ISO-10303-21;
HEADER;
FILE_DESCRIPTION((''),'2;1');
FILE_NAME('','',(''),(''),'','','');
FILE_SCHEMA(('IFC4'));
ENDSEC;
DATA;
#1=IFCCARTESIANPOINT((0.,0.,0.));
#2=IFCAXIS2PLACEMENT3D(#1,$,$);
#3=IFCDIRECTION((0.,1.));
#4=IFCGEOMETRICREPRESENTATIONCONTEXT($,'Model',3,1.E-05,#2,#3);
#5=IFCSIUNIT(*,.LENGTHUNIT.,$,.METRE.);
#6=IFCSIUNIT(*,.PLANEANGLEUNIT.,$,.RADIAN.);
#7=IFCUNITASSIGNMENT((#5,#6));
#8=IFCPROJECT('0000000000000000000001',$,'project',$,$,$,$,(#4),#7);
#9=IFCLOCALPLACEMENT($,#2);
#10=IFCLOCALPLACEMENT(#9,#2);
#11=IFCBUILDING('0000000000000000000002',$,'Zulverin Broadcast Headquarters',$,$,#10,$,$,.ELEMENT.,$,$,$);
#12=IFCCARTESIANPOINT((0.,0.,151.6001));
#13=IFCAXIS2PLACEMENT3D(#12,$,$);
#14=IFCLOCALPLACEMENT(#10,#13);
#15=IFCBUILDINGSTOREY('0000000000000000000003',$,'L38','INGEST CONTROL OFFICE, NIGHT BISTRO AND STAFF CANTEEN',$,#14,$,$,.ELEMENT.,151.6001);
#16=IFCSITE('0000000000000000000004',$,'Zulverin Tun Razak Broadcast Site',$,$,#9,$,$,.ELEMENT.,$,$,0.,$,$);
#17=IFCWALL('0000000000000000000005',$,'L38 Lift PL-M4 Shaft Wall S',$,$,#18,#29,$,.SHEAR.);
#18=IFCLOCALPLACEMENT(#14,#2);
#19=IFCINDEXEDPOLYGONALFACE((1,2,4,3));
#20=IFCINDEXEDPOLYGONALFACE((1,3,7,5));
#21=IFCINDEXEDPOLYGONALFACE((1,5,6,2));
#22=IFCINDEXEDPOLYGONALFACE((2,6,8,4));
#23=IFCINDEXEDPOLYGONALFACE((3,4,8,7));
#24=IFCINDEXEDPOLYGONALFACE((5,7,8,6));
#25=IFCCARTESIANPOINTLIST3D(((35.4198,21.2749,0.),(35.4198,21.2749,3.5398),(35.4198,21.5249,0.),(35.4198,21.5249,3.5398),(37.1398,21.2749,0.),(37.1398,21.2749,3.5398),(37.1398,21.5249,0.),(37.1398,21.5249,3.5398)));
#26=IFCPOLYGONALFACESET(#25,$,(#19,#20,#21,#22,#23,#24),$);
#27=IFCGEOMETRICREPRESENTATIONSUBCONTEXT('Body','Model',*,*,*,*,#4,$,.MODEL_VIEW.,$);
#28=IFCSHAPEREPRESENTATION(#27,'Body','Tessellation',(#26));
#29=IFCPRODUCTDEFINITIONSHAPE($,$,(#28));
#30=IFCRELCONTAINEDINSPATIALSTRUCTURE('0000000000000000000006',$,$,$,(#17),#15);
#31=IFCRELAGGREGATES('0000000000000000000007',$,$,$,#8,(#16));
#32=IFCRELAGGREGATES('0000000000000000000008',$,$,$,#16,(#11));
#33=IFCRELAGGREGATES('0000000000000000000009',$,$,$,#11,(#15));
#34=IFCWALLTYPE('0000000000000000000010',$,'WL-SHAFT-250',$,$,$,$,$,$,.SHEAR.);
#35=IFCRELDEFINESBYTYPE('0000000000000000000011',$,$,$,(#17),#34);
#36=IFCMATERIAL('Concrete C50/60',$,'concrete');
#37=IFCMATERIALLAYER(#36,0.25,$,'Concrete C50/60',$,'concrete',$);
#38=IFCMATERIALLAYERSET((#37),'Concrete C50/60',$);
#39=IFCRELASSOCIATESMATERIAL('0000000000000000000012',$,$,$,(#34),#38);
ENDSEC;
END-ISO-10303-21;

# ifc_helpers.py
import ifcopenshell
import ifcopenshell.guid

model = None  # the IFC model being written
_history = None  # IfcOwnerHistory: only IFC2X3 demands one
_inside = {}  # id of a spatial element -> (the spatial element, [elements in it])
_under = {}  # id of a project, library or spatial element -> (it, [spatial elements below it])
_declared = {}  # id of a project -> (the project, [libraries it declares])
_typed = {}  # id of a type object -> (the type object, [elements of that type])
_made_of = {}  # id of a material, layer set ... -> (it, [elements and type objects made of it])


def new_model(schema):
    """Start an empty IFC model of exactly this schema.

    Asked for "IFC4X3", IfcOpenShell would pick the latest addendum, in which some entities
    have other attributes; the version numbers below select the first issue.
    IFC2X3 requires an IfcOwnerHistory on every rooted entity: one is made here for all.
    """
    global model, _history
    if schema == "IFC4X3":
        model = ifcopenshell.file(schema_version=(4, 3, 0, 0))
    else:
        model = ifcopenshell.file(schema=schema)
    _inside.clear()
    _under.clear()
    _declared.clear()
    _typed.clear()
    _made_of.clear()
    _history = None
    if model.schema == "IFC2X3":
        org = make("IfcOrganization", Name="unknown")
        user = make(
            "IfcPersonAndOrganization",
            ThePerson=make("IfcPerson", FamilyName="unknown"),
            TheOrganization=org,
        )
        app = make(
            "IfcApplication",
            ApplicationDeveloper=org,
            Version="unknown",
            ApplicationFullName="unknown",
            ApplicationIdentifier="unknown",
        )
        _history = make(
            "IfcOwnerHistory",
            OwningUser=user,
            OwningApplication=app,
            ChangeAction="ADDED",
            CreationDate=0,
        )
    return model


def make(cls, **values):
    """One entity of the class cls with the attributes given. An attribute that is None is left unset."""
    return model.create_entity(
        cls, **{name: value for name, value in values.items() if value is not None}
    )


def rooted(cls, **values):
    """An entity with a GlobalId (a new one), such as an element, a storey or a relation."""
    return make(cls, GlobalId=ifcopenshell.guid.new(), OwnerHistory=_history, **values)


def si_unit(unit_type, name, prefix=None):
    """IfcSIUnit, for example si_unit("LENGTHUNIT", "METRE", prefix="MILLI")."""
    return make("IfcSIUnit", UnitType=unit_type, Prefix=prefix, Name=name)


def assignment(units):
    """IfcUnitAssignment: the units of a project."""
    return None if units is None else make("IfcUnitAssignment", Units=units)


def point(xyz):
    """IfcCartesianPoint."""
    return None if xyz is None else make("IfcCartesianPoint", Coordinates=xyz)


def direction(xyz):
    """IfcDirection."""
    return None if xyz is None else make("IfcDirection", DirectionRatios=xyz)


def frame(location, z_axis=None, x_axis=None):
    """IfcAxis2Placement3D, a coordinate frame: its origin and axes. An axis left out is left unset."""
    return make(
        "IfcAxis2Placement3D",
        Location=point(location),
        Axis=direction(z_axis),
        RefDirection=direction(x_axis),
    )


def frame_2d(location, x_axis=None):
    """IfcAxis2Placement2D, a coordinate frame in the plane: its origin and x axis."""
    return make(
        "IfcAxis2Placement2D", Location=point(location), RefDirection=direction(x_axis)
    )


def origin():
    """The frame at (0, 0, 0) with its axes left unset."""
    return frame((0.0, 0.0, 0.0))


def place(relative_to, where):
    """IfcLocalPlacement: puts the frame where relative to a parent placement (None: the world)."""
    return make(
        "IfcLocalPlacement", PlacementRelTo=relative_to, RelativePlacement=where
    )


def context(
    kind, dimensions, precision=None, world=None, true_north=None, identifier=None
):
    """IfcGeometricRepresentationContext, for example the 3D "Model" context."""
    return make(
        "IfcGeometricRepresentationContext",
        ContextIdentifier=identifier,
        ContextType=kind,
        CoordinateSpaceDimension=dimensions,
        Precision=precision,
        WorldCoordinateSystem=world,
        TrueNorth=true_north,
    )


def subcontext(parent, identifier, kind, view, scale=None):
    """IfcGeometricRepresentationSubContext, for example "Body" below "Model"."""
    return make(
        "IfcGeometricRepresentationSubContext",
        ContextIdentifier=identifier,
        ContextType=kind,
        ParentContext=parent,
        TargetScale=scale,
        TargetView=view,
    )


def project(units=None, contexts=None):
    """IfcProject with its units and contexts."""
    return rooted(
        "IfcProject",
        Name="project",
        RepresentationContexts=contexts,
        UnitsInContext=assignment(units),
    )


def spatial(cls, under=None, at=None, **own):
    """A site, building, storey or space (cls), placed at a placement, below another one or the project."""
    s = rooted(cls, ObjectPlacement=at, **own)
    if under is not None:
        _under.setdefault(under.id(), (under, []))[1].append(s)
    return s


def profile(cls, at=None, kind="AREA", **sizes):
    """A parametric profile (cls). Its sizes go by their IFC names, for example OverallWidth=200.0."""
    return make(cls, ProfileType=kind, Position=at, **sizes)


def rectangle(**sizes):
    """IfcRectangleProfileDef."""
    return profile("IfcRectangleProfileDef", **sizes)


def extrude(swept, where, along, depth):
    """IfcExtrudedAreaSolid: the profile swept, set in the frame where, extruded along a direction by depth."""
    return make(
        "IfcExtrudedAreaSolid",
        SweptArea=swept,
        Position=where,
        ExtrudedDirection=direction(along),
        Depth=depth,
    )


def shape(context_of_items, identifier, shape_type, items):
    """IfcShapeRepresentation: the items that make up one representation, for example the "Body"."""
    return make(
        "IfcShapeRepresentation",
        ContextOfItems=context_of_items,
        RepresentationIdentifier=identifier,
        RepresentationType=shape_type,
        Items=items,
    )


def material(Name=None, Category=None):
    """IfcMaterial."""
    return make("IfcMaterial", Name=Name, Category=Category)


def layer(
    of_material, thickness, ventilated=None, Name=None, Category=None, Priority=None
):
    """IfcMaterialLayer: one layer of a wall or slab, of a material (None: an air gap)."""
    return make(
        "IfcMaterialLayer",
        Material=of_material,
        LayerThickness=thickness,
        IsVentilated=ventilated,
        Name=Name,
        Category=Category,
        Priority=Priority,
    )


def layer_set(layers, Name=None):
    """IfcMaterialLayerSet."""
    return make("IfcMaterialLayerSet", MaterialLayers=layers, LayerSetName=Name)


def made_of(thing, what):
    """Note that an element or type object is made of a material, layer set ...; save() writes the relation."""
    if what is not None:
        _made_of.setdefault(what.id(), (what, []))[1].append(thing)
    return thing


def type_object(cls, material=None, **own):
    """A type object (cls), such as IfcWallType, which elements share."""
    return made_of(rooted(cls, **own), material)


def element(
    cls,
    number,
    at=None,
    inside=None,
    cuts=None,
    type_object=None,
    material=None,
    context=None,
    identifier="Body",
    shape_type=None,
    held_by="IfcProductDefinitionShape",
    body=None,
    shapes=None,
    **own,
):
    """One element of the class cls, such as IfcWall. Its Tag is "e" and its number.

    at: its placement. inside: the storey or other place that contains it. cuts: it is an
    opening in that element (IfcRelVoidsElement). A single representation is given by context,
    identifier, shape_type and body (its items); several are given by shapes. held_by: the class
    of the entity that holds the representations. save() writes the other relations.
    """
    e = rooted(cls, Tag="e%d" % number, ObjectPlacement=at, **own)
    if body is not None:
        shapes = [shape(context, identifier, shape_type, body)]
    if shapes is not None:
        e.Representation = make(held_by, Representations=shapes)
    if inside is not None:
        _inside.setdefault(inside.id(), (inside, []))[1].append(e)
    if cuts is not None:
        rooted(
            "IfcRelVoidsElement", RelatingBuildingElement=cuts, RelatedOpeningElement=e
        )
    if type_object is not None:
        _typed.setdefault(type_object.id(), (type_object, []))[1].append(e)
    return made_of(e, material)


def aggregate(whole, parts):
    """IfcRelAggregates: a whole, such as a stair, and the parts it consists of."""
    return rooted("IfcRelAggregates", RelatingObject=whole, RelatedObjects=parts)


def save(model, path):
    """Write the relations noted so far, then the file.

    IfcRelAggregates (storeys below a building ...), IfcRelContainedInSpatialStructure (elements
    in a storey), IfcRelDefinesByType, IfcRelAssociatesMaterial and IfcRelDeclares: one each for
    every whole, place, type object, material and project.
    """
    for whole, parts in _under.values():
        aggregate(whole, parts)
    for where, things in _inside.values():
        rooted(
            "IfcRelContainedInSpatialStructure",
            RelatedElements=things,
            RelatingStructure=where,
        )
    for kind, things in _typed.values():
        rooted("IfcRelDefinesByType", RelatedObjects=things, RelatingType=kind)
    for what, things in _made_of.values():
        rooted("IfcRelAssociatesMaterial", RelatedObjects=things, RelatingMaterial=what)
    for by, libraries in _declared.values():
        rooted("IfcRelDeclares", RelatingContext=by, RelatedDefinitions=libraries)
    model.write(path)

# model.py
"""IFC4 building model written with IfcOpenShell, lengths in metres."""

from ifc_helpers import new_model, si_unit, direction, frame, frame_2d, origin, place, context, subcontext, project, spatial, rectangle, extrude, material, layer, layer_set, type_object, element, save


model = new_model("IFC4")

# Units and contexts
model_context = context("Model", 3, precision=1e-05, world=origin(), true_north=direction((0.0, 1.0)))
body_context = subcontext(model_context, "Body", "Model", "MODEL_VIEW")
ifc_project = project(units=[si_unit("LENGTHUNIT", "METRE"), si_unit("PLANEANGLEUNIT", "RADIAN")], contexts=[model_context])

# Site, building, storey
site_placement = place(None, origin())
site = spatial("IfcSite", under=ifc_project, at=site_placement, Name="Zulverin Tun Razak Broadcast Site", CompositionType="ELEMENT", RefElevation=0.0)
building_placement = place(site_placement, origin())
building = spatial("IfcBuilding", under=site, at=building_placement, Name="Zulverin Broadcast Headquarters", CompositionType="ELEMENT")
storey_placement = place(building_placement, frame((0.0, 0.0, 151.6001)))
storey = spatial("IfcBuildingStorey", under=building, at=storey_placement, Name="L38", Description="INGEST CONTROL OFFICE, NIGHT BISTRO AND STAFF CANTEEN", CompositionType="ELEMENT", Elevation=151.6001)

# Shared definitions
ifc_material_1 = material(Name="Concrete C50/60", Category="concrete")

# Shared definitions
ifc_layer_1 = layer(ifc_material_1, 0.25, Name="Concrete C50/60", Category="concrete")
ifc_layer_set_1 = layer_set([ifc_layer_1], Name="Concrete C50/60")
wall_type_1 = type_object("IfcWallType", Name="WL-SHAFT-250", PredefinedType="SHEAR", material=ifc_layer_set_1)

# Wall
wall_1_placement = place(storey_placement, frame((35.4199, 21.3999, 0.0), z_axis=(0.0, 0.0, 1.0), x_axis=(1.0, 0.0, 0.0)))
element("IfcWall", 1, at=wall_1_placement, inside=storey, type_object=wall_type_1, Name="L38 Lift PL-M4 Shaft Wall S", PredefinedType="SHEAR", context=body_context, shape_type="SweptSolid", body=[
    extrude(rectangle(XDim=1.72, YDim=0.25, at=frame_2d((0.8599, 0.0))), origin(), (0.0, 0.0, 1.0), 3.5398),
])

save(model, "model.ifc")
